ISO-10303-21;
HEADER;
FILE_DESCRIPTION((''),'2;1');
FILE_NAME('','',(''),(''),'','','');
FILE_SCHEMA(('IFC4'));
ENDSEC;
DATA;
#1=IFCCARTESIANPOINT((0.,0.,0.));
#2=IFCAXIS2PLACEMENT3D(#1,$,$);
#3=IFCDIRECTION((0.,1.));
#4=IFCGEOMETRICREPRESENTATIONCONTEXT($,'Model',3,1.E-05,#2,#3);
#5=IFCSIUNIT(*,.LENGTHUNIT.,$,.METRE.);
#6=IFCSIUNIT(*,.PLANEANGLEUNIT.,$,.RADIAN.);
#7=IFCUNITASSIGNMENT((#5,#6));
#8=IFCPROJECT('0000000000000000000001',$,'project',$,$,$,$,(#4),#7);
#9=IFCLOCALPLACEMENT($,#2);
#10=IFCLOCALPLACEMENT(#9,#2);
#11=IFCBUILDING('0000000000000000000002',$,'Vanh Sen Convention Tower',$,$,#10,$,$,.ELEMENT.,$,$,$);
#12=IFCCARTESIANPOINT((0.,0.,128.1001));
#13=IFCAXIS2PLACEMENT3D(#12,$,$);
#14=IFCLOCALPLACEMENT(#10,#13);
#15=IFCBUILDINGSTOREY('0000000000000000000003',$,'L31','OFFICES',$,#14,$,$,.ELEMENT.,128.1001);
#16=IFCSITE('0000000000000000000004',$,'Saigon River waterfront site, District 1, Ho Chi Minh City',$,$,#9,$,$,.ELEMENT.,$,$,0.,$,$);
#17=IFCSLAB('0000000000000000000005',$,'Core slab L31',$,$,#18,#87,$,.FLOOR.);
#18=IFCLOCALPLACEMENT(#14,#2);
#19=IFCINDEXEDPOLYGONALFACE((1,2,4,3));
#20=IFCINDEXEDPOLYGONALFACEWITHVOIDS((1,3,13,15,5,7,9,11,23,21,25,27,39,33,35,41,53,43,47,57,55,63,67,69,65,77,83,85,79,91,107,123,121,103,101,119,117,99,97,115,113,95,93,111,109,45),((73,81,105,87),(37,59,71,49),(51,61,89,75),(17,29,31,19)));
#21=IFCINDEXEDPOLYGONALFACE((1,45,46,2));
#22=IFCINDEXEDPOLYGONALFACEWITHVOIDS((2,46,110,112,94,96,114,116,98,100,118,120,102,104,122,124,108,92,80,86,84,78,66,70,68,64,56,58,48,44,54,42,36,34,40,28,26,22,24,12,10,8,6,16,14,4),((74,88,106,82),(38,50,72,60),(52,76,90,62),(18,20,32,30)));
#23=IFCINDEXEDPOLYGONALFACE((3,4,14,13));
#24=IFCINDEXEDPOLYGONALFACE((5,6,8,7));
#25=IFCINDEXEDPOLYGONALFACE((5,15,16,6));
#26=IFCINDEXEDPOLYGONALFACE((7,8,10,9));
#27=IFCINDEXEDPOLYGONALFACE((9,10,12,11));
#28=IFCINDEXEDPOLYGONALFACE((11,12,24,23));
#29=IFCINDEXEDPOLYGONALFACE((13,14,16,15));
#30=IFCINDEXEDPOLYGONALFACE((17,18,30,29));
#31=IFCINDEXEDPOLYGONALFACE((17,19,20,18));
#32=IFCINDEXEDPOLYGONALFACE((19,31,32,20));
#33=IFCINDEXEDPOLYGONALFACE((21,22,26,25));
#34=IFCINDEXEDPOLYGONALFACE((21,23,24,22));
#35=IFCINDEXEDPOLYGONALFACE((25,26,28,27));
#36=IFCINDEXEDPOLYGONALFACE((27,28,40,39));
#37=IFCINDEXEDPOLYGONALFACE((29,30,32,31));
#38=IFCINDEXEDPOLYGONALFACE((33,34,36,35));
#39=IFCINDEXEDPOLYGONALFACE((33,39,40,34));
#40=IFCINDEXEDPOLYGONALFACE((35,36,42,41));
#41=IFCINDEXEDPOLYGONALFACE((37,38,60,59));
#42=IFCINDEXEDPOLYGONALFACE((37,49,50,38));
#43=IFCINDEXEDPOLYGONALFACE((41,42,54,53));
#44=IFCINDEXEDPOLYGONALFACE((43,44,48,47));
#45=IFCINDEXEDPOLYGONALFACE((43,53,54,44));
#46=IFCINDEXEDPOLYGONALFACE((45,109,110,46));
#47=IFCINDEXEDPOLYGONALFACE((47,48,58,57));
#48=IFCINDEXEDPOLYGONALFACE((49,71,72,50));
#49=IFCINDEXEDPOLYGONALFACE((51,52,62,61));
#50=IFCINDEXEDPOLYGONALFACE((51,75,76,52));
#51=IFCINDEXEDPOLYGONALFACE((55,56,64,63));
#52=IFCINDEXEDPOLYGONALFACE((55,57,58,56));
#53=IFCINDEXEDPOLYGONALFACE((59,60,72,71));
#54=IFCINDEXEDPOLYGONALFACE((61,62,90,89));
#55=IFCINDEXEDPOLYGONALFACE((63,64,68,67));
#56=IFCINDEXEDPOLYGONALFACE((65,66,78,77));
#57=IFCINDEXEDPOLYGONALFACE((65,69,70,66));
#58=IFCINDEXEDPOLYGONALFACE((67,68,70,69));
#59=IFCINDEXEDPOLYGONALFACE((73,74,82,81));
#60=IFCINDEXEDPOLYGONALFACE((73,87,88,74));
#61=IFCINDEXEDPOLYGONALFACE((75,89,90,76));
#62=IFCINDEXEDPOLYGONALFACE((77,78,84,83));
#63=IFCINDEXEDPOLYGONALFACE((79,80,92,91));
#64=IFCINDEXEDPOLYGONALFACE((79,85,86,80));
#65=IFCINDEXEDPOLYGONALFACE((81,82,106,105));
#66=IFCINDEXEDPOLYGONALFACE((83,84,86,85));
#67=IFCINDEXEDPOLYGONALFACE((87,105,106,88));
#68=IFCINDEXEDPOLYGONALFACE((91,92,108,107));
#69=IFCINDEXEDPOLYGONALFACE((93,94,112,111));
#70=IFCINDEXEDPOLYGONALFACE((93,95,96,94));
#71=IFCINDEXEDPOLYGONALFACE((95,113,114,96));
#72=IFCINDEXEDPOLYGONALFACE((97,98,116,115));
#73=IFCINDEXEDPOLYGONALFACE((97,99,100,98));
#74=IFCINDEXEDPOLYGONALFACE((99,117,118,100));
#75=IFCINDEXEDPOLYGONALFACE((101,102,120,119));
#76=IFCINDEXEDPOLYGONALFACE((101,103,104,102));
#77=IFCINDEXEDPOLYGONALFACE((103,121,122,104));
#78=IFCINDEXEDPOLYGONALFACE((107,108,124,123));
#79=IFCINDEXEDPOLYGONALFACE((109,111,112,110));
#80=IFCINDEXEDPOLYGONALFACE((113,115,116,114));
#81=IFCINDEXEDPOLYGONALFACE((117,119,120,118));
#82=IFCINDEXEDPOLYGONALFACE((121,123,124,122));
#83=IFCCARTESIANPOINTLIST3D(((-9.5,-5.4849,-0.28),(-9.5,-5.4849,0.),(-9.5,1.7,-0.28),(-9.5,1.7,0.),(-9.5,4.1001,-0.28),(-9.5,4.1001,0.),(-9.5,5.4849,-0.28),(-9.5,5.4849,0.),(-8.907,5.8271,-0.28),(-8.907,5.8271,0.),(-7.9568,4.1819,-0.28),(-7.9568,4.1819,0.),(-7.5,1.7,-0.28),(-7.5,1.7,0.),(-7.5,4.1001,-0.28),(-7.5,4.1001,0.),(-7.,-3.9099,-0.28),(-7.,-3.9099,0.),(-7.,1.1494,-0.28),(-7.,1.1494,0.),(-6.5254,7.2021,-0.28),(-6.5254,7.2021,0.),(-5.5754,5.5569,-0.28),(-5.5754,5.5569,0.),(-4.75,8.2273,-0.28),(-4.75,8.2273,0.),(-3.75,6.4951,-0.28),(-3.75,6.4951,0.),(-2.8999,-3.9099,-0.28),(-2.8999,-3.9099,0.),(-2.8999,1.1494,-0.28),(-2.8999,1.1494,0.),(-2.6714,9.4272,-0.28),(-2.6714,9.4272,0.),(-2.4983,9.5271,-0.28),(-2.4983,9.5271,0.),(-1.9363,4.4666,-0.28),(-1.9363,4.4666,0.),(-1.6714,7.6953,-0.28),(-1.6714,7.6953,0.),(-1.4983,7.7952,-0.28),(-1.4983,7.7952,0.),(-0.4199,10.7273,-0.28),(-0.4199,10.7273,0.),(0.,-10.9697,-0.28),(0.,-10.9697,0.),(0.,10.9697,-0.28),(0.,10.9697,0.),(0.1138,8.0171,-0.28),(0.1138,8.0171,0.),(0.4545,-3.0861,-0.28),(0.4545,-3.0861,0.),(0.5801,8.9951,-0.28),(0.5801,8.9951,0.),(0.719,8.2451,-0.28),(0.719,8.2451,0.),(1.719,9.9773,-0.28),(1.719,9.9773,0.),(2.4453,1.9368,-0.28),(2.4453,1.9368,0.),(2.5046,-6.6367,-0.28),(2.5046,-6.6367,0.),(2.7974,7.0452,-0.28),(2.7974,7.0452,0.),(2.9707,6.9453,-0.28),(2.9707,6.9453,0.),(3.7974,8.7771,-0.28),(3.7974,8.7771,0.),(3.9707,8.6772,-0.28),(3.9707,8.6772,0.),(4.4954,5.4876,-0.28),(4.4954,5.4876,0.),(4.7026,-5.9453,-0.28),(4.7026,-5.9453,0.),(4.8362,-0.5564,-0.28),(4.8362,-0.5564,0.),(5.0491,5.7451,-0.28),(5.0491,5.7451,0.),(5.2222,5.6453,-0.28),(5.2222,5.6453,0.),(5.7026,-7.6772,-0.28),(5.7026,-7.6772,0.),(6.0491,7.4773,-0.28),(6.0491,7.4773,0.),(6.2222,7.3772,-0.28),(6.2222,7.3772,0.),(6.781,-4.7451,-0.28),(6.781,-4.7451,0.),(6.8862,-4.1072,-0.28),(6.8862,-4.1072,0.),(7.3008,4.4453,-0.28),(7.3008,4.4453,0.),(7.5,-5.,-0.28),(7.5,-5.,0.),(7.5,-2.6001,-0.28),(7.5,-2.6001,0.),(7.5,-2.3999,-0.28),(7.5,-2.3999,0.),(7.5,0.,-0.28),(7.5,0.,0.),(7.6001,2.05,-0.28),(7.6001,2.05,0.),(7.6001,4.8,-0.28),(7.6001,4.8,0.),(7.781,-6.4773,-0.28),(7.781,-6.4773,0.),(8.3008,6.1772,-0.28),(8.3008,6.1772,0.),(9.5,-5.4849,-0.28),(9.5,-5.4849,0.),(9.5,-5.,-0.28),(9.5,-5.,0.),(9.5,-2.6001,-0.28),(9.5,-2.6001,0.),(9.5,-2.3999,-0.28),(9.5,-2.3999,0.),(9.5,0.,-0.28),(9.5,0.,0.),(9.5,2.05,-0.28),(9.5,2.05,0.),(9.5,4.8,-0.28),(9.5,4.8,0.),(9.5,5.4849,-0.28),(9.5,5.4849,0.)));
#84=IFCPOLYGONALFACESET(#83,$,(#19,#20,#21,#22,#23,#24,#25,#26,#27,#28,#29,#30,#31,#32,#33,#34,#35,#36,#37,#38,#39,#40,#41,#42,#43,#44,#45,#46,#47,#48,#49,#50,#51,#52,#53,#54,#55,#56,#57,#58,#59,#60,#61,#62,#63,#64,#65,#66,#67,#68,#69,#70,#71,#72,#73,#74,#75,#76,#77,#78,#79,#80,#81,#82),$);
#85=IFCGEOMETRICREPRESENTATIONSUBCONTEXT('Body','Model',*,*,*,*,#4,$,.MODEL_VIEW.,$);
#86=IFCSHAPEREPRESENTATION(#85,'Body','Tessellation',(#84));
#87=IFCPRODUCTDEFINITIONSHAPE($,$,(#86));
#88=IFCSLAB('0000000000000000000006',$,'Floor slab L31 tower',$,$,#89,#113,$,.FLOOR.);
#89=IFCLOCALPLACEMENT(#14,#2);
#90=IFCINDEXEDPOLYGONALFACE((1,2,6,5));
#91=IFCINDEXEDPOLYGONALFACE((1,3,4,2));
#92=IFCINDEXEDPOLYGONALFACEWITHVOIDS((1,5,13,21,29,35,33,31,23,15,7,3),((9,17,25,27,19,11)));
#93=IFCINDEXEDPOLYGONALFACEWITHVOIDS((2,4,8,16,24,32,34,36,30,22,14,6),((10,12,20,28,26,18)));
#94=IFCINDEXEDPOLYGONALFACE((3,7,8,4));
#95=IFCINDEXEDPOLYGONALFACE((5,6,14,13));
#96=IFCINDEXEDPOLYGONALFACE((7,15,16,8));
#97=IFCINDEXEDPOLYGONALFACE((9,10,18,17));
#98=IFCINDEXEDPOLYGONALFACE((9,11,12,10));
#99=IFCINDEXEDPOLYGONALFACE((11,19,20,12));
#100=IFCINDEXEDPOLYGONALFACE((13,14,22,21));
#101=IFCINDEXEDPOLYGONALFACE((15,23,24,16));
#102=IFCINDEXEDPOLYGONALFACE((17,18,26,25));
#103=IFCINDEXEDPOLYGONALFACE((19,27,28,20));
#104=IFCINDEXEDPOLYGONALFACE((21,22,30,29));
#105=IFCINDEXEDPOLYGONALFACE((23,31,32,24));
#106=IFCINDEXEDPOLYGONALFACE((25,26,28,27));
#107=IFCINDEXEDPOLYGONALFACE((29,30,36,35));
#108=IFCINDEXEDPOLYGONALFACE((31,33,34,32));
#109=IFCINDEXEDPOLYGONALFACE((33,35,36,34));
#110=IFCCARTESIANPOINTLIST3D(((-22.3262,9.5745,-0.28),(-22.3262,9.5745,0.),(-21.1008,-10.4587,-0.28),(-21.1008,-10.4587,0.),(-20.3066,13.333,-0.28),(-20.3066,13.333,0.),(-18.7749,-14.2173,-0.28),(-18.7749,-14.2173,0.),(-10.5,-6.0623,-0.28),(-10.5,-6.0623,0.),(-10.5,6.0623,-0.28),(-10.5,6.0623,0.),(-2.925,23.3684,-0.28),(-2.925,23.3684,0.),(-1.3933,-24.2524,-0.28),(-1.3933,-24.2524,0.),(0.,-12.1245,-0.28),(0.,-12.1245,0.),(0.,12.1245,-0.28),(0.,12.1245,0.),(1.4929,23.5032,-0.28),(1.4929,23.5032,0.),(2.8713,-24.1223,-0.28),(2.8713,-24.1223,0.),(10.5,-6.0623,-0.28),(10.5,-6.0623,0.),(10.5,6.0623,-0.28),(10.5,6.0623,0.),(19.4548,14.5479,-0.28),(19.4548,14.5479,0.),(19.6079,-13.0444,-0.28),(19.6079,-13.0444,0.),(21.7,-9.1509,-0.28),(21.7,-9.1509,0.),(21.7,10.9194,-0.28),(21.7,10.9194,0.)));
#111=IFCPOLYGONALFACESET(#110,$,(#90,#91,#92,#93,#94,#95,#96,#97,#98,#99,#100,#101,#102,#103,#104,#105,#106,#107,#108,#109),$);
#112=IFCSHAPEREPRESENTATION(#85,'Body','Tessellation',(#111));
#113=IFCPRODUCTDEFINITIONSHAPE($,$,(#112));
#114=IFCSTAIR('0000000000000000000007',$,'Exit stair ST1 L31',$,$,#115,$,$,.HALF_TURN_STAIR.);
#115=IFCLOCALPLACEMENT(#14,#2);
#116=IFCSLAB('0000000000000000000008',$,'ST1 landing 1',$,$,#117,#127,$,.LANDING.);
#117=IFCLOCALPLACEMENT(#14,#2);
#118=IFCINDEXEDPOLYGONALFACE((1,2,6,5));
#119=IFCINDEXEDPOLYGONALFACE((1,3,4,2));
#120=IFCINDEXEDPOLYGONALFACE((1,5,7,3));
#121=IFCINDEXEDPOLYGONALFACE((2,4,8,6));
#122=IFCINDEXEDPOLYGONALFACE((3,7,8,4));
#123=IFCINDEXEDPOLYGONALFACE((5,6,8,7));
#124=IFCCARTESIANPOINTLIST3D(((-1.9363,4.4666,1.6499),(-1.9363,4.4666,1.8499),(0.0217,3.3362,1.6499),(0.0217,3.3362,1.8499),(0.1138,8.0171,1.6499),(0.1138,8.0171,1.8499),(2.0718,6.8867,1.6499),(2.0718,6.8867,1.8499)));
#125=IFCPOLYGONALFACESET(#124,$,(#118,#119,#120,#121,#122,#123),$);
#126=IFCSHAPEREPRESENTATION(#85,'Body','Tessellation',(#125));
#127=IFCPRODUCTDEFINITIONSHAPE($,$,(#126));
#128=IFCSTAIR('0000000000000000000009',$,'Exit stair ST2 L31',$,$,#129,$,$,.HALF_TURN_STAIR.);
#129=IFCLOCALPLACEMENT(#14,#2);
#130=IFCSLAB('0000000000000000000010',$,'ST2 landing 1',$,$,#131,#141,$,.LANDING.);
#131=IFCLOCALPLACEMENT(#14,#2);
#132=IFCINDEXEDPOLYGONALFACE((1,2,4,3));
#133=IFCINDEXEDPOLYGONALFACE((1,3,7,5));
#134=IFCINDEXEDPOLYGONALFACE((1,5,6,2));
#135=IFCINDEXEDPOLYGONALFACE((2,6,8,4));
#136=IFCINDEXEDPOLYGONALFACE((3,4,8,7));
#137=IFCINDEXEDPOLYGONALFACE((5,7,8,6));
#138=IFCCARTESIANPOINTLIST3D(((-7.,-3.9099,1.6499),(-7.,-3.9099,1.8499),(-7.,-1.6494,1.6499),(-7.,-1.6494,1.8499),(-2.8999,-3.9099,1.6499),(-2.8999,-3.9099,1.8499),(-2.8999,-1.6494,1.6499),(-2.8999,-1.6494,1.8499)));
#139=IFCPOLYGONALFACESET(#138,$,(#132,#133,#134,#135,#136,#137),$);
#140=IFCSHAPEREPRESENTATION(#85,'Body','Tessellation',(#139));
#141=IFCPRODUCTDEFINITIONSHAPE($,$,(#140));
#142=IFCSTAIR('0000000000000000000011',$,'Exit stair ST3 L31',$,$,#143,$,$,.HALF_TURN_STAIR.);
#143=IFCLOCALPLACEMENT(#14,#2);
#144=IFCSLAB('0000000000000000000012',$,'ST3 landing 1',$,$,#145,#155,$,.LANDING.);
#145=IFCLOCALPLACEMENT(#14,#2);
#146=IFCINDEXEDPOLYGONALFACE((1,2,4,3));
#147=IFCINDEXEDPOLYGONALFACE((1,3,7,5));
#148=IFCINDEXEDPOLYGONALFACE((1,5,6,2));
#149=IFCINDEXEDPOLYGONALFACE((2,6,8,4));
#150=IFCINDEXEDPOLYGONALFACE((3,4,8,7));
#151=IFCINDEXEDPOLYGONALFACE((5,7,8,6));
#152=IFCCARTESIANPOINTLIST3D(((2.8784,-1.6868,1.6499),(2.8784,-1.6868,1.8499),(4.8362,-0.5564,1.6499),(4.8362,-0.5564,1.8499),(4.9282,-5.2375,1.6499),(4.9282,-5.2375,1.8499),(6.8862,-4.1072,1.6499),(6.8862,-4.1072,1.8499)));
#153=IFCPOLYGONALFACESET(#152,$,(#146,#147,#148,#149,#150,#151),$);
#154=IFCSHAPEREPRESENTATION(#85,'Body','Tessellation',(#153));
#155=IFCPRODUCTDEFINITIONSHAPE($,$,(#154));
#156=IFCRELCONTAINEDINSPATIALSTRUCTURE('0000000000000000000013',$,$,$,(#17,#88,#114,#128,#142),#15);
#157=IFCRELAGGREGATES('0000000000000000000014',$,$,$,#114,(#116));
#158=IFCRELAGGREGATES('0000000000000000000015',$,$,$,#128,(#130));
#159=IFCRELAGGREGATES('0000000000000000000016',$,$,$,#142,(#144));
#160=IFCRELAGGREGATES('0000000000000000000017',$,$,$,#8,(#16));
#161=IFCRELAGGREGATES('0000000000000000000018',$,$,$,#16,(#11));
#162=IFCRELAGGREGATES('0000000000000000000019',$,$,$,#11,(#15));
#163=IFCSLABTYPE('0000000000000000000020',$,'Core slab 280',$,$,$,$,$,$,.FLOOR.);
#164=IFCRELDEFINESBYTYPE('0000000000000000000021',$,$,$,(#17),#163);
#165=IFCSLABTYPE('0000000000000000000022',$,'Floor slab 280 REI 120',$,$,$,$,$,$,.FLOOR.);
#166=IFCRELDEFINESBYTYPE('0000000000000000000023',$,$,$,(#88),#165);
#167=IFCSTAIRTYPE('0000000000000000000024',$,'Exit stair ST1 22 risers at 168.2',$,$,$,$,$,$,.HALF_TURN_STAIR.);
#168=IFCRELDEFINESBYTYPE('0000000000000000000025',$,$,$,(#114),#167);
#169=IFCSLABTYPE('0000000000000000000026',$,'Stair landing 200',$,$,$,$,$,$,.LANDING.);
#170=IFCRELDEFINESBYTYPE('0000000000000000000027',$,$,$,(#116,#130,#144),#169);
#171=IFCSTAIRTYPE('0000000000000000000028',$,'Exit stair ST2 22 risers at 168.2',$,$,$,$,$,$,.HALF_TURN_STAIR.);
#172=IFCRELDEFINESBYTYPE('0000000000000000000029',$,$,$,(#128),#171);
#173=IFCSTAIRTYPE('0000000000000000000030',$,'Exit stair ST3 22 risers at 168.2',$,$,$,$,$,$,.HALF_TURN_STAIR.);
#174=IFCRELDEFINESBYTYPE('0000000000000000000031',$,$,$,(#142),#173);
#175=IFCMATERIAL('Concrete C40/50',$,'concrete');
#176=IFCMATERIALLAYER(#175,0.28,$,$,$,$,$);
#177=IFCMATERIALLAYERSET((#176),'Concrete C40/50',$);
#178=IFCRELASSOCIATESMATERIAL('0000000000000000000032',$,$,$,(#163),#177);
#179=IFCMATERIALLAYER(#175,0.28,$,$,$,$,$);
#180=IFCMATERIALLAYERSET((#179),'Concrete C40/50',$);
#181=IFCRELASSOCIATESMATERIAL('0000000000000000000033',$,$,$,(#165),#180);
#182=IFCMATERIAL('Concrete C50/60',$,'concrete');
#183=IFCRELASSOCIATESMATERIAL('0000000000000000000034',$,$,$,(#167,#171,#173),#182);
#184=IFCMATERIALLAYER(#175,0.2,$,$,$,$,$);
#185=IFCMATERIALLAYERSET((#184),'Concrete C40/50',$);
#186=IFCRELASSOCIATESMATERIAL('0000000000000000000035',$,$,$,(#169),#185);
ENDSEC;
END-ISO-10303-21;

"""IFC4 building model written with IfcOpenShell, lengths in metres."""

from ifc_helpers import new_model, si_unit, direction, frame, origin, place, context, subcontext, project, spatial, polyline, outline, extrude, material, layer, layer_set, type_object, element, aggregate, save


model = new_model("IFC4")

# Units and contexts
model_context = context("Model", 3, precision=1e-05, world=origin(), true_north=direction((0.0, 1.0)))
body_context = subcontext(model_context, "Body", "Model", "MODEL_VIEW")
ifc_project = project(units=[si_unit("LENGTHUNIT", "METRE"), si_unit("PLANEANGLEUNIT", "RADIAN")], contexts=[model_context])

# Site, building, storey
site_placement = place(None, origin())
site = spatial("IfcSite", under=ifc_project, at=site_placement, Name="Saigon River waterfront site, District 1, Ho Chi Minh City", CompositionType="ELEMENT", RefElevation=0.0)
building_placement = place(site_placement, origin())
building = spatial("IfcBuilding", under=site, at=building_placement, Name="Vanh Sen Convention Tower", CompositionType="ELEMENT")
storey_placement = place(building_placement, frame((0.0, 0.0, 128.1001)))
storey = spatial("IfcBuildingStorey", under=building, at=storey_placement, Name="L31", Description="OFFICES", CompositionType="ELEMENT", Elevation=128.1001)

# Slabs
ifc_material_1 = material(Name="Concrete C40/50", Category="concrete")
ifc_layer_1 = layer(ifc_material_1, 0.28)
ifc_layer_set_1 = layer_set([ifc_layer_1], Name="Concrete C40/50")
slab_type_1 = type_object("IfcSlabType", Name="Core slab 280", PredefinedType="FLOOR", material=ifc_layer_set_1)
slab_1_placement = place(storey_placement, frame((0.0, 0.0, -0.28)))
element("IfcSlab", 1, at=slab_1_placement, inside=storey, type_object=slab_type_1, Name="Core slab L31", PredefinedType="FLOOR", context=body_context, shape_type="SweptSolid", body=[
    extrude(outline(polyline([(9.5, 5.4849), (9.5, 4.8), (7.6001, 4.8), (7.6001, 2.05), (9.5, 2.05), (9.5, 0.0), (7.5, 0.0), (7.5, -2.3999), (9.5, -2.3999), (9.5, -2.6001), (7.5, -2.6001), (7.5, -5.0), (9.5, -5.0), (9.5, -5.4849), (0.0, -10.9697), (-9.5, -5.4849), (-9.5, 1.7), (-7.5, 1.7), (-7.5, 4.1001), (-9.5, 4.1001), (-9.5, 5.4849), (-8.907, 5.8271), (-7.9568, 4.1819), (-5.5754, 5.5569), (-6.5254, 7.2021), (-4.75, 8.2273), (-3.75, 6.4951), (-1.6714, 7.6953), (-2.6714, 9.4272), (-2.4983, 9.5271), (-1.4983, 7.7952), (0.5801, 8.9951), (-0.4199, 10.7273), (0.0, 10.9697), (1.719, 9.9773), (0.719, 8.2451), (2.7974, 7.0452), (3.7974, 8.7771), (3.9707, 8.6772), (2.9707, 6.9453), (5.0491, 5.7451), (6.0491, 7.4773), (6.2222, 7.3772), (5.2222, 5.6453), (7.3008, 4.4453), (8.3008, 6.1772), (9.5, 5.4849)]), holes=[polyline([(-7.0, 3.1499), (-7.0, -3.9099), (-2.8999, -3.9099), (-2.8999, 3.1499), (-2.8999, 1.1494), (-7.0, 1.1494), (-7.0, 3.1499)]), polyline([(4.4954, 5.4875), (6.228, 4.4873), (0.1138, 8.0171), (-1.9363, 4.4666), (2.4453, 1.9368), (4.4954, 5.4875)]), polyline([(7.781, -6.4773), (6.781, -4.7451), (4.7026, -5.9453), (5.7026, -7.6772), (7.781, -6.4773)]), polyline([(0.4546, -3.0862), (2.5046, -6.6367), (6.8862, -4.1072), (4.8362, -0.5564), (-1.2781, -4.0864), (0.4546, -3.0862)])]), origin(), (0.0, 0.0, 1.0), 0.28),
])
ifc_layer_2 = layer(ifc_material_1, 0.28)
ifc_layer_set_2 = layer_set([ifc_layer_2], Name="Concrete C40/50")
slab_type_2 = type_object("IfcSlabType", Name="Floor slab 280 REI 120", PredefinedType="FLOOR", material=ifc_layer_set_2)
slab_2_placement = place(storey_placement, frame((0.0, 0.0, -0.28)))
element("IfcSlab", 2, at=slab_2_placement, inside=storey, type_object=slab_type_2, Name="Floor slab L31 tower", PredefinedType="FLOOR", context=body_context, shape_type="SweptSolid", body=[
    extrude(outline(polyline([(21.7, -9.1509), (21.7, 10.9194), (19.4548, 14.5479), (1.4929, 23.5032), (-2.925, 23.3684), (-20.3066, 13.333), (-22.3262, 9.5745), (-21.1008, -10.4587), (-18.7749, -14.2173), (-1.3933, -24.2524), (2.8713, -24.1223), (19.6079, -13.0444), (21.7, -9.1509)]), holes=[polyline([(0.0, 12.1245), (-10.5, 6.0623), (-10.5, -6.0623), (0.0, -12.1245), (10.5, -6.0623), (10.5, 6.0623), (0.0, 12.1245)])]), origin(), (0.0, 0.0, 1.0), 0.28),
])

# Stairs, slabs
ifc_material_2 = material(Name="Concrete C50/60", Category="concrete")
stair_type_1 = type_object("IfcStairType", Name="Exit stair ST1 22 risers at 168.2", PredefinedType="HALF_TURN_STAIR", material=ifc_material_2)
stair_1_placement = place(storey_placement, origin())
stair_1 = element("IfcStair", 3, at=stair_1_placement, inside=storey, type_object=stair_type_1, Name="Exit stair ST1 L31", PredefinedType="HALF_TURN_STAIR")
ifc_layer_3 = layer(ifc_material_1, 0.2)
ifc_layer_set_3 = layer_set([ifc_layer_3], Name="Concrete C40/50")
slab_type_3 = type_object("IfcSlabType", Name="Stair landing 200", PredefinedType="LANDING", material=ifc_layer_set_3)
slab_3_placement = place(storey_placement, frame((0.0, 0.0, 1.6499)))
slab_3 = element("IfcSlab", 4, at=slab_3_placement, type_object=slab_type_3, Name="ST1 landing 1", PredefinedType="LANDING", context=body_context, shape_type="SweptSolid", body=[
    extrude(outline(polyline([(2.0718, 6.8867), (0.1138, 8.0171), (-1.9363, 4.4666), (0.0217, 3.3362), (2.0718, 6.8867)])), origin(), (0.0, 0.0, 1.0), 0.2),
])
aggregate(stair_1, [slab_3])
stair_type_2 = type_object("IfcStairType", Name="Exit stair ST2 22 risers at 168.2", PredefinedType="HALF_TURN_STAIR", material=ifc_material_2)
stair_2_placement = place(storey_placement, origin())
stair_2 = element("IfcStair", 5, at=stair_2_placement, inside=storey, type_object=stair_type_2, Name="Exit stair ST2 L31", PredefinedType="HALF_TURN_STAIR")
slab_4_placement = place(storey_placement, frame((0.0, 0.0, 1.6499)))
slab_4 = element("IfcSlab", 6, at=slab_4_placement, type_object=slab_type_3, Name="ST2 landing 1", PredefinedType="LANDING", context=body_context, shape_type="SweptSolid", body=[
    extrude(outline(polyline([(-7.0, -1.6494), (-7.0, -3.9099), (-2.8999, -3.9099), (-2.8999, -1.6494), (-7.0, -1.6494)])), origin(), (0.0, 0.0, 1.0), 0.2),
])
aggregate(stair_2, [slab_4])
stair_type_3 = type_object("IfcStairType", Name="Exit stair ST3 22 risers at 168.2", PredefinedType="HALF_TURN_STAIR", material=ifc_material_2)
stair_3_placement = place(storey_placement, origin())
stair_3 = element("IfcStair", 7, at=stair_3_placement, inside=storey, type_object=stair_type_3, Name="Exit stair ST3 L31", PredefinedType="HALF_TURN_STAIR")
slab_5_placement = place(storey_placement, frame((0.0, 0.0, 1.6499)))
slab_5 = element("IfcSlab", 8, at=slab_5_placement, type_object=slab_type_3, Name="ST3 landing 1", PredefinedType="LANDING", context=body_context, shape_type="SweptSolid", body=[
    extrude(outline(polyline([(4.9282, -5.2375), (6.8862, -4.1072), (4.8362, -0.5564), (2.8784, -1.6868), (4.9282, -5.2375)])), origin(), (0.0, 0.0, 1.0), 0.2),
])
aggregate(stair_3, [slab_5])

save(model, "model.ifc")
